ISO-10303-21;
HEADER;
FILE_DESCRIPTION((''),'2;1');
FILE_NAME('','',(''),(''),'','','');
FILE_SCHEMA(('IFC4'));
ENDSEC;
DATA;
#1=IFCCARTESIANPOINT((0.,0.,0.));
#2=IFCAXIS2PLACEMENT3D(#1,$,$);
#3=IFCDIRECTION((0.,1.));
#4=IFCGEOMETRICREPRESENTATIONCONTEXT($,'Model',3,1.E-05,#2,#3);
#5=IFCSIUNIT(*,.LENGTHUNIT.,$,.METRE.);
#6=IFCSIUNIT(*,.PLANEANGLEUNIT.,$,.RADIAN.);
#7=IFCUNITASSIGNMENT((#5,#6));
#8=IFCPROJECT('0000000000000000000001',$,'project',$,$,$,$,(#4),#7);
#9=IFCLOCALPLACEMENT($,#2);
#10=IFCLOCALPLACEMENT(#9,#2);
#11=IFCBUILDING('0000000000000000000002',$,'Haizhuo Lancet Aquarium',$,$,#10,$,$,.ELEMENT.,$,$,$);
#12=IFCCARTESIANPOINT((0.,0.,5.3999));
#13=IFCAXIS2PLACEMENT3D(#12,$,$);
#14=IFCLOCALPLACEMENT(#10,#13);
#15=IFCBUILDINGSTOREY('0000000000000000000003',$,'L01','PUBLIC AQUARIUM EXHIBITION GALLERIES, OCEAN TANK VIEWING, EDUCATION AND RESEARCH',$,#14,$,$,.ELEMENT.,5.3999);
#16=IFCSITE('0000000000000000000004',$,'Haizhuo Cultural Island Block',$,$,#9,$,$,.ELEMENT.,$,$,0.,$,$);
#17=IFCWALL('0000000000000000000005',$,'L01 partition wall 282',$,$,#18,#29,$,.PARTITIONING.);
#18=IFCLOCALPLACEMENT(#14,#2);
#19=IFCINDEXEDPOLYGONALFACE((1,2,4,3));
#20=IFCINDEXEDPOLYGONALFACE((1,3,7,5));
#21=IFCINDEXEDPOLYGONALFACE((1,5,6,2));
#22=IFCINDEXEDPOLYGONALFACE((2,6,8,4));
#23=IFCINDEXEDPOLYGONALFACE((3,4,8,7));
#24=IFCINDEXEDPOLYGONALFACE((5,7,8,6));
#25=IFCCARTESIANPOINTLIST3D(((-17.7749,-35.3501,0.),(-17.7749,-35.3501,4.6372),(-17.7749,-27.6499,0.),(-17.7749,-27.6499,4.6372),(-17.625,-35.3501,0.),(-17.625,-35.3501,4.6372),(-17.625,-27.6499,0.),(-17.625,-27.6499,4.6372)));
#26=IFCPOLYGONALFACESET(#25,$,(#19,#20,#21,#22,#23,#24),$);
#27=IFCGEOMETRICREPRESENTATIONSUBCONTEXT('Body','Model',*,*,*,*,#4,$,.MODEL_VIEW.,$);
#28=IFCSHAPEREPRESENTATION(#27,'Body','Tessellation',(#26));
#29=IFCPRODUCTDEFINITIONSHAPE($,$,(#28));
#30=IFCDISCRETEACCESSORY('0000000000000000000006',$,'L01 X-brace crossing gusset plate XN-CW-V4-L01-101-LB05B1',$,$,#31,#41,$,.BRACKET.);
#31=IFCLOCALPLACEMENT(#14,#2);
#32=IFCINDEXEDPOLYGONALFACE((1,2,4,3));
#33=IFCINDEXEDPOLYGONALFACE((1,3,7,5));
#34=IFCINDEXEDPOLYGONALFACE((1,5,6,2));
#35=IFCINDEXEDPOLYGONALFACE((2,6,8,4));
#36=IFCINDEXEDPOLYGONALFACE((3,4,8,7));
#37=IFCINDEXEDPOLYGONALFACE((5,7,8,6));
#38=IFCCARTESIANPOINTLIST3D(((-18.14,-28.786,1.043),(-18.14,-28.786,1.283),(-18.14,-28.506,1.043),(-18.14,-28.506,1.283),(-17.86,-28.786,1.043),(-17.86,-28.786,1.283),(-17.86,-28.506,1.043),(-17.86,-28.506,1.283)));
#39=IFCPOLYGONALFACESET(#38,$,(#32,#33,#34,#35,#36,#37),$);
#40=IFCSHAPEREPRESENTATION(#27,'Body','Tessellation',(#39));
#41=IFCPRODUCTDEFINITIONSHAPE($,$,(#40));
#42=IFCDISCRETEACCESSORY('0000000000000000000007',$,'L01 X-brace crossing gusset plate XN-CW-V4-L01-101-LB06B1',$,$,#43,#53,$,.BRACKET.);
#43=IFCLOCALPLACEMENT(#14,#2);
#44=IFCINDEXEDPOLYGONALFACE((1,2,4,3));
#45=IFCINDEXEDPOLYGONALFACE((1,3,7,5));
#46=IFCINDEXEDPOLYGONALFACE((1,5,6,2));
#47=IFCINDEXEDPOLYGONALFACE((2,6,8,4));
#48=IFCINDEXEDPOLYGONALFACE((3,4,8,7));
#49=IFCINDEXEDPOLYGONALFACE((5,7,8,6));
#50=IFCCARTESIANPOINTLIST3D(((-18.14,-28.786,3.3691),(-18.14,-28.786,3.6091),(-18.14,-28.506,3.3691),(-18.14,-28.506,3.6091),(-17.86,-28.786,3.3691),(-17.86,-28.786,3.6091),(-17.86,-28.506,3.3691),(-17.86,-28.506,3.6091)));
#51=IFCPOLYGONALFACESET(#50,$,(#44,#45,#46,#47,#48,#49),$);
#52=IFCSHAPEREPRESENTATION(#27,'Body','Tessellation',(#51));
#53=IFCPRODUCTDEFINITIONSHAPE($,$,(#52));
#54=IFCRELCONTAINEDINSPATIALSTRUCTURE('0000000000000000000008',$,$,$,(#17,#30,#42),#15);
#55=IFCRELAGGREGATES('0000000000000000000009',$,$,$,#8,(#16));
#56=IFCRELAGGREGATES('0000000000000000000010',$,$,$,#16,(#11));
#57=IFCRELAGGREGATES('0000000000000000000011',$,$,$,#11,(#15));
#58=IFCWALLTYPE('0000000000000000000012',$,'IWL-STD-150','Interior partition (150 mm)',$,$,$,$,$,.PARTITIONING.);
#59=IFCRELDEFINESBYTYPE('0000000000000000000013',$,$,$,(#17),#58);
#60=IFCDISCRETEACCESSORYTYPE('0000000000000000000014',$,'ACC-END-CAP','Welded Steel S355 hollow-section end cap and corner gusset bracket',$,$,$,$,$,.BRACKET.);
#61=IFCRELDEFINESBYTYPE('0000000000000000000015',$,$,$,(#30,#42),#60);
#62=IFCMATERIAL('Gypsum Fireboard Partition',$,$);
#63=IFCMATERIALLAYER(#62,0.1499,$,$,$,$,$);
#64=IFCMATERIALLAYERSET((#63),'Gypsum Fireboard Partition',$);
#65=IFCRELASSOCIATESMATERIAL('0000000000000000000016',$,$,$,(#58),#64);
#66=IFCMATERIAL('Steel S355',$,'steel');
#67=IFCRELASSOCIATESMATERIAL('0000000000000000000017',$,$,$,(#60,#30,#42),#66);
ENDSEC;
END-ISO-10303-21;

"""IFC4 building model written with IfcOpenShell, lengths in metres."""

from ifc_helpers import new_model, si_unit, direction, frame, frame_2d, origin, origin_2d, place, context, subcontext, project, spatial, rectangle, extrude, material, layer, layer_set, type_object, element, save


model = new_model("IFC4")

# Units and contexts
model_context = context("Model", 3, precision=1e-05, world=origin(), true_north=direction((0.0, 1.0)))
body_context = subcontext(model_context, "Body", "Model", "MODEL_VIEW")
ifc_project = project(units=[si_unit("LENGTHUNIT", "METRE"), si_unit("PLANEANGLEUNIT", "RADIAN")], contexts=[model_context])

# Site, building, storey
site_placement = place(None, origin())
site = spatial("IfcSite", under=ifc_project, at=site_placement, Name="Haizhuo Cultural Island Block", CompositionType="ELEMENT", RefElevation=0.0)
building_placement = place(site_placement, origin())
building = spatial("IfcBuilding", under=site, at=building_placement, Name="Haizhuo Lancet Aquarium", CompositionType="ELEMENT")
storey_placement = place(building_placement, frame((0.0, 0.0, 5.3999)))
storey = spatial("IfcBuildingStorey", under=building, at=storey_placement, Name="L01", Description="PUBLIC AQUARIUM EXHIBITION GALLERIES, OCEAN TANK VIEWING, EDUCATION AND RESEARCH", CompositionType="ELEMENT", Elevation=5.3999)

# Shared definitions
ifc_material_1 = material(Name="Steel S355", Category="steel")

# Wall
ifc_material_2 = material(Name="Gypsum Fireboard Partition")
ifc_layer_1 = layer(ifc_material_2, 0.1499)
ifc_layer_set_1 = layer_set([ifc_layer_1], Name="Gypsum Fireboard Partition")
wall_type = type_object("IfcWallType", Name="IWL-STD-150", Description="Interior partition (150 mm)", PredefinedType="PARTITIONING", material=ifc_layer_set_1)
wall_placement = place(storey_placement, frame((-17.7, -27.6499, 0.0), z_axis=(0.0, 0.0, 1.0), x_axis=(0.0, -1.0, 0.0)))
element("IfcWall", 1, at=wall_placement, inside=storey, type_object=wall_type, Name="L01 partition wall 282", PredefinedType="PARTITIONING", context=body_context, shape_type="SweptSolid", body=[
    extrude(rectangle(XDim=7.7002, YDim=0.1499, at=frame_2d((3.8501, 0.0))), origin(), (0.0, 0.0, 1.0), 4.6372),
])

# Discrete accessories
discrete_accessory_type = type_object("IfcDiscreteAccessoryType", Name="ACC-END-CAP", Description="Welded Steel S355 hollow-section end cap and corner gusset bracket", PredefinedType="BRACKET", material=ifc_material_1)
for number, where, z_axis, x_axis, name in (
    (2, (-18.0, -28.646, 1.043), (0.0, 0.0, 1.0), (1.0, 0.0, 0.0), "L01 X-brace crossing gusset plate XN-CW-V4-L01-101-LB05B1"),
    (3, (-18.0, -28.646, 3.3691), (0.0, 0.0, 1.0), (1.0, 0.0, 0.0), "L01 X-brace crossing gusset plate XN-CW-V4-L01-101-LB06B1"),
):
    element("IfcDiscreteAccessory", number, at=place(storey_placement, frame(where, z_axis=z_axis, x_axis=x_axis)), inside=storey, type_object=discrete_accessory_type, material=ifc_material_1, Name=name, PredefinedType="BRACKET", context=body_context, shape_type="SweptSolid", body=[
        extrude(rectangle(XDim=0.28, YDim=0.28, at=origin_2d()), origin(), (0.0, 0.0, 1.0), 0.24),
    ])

save(model, "model.ifc")
